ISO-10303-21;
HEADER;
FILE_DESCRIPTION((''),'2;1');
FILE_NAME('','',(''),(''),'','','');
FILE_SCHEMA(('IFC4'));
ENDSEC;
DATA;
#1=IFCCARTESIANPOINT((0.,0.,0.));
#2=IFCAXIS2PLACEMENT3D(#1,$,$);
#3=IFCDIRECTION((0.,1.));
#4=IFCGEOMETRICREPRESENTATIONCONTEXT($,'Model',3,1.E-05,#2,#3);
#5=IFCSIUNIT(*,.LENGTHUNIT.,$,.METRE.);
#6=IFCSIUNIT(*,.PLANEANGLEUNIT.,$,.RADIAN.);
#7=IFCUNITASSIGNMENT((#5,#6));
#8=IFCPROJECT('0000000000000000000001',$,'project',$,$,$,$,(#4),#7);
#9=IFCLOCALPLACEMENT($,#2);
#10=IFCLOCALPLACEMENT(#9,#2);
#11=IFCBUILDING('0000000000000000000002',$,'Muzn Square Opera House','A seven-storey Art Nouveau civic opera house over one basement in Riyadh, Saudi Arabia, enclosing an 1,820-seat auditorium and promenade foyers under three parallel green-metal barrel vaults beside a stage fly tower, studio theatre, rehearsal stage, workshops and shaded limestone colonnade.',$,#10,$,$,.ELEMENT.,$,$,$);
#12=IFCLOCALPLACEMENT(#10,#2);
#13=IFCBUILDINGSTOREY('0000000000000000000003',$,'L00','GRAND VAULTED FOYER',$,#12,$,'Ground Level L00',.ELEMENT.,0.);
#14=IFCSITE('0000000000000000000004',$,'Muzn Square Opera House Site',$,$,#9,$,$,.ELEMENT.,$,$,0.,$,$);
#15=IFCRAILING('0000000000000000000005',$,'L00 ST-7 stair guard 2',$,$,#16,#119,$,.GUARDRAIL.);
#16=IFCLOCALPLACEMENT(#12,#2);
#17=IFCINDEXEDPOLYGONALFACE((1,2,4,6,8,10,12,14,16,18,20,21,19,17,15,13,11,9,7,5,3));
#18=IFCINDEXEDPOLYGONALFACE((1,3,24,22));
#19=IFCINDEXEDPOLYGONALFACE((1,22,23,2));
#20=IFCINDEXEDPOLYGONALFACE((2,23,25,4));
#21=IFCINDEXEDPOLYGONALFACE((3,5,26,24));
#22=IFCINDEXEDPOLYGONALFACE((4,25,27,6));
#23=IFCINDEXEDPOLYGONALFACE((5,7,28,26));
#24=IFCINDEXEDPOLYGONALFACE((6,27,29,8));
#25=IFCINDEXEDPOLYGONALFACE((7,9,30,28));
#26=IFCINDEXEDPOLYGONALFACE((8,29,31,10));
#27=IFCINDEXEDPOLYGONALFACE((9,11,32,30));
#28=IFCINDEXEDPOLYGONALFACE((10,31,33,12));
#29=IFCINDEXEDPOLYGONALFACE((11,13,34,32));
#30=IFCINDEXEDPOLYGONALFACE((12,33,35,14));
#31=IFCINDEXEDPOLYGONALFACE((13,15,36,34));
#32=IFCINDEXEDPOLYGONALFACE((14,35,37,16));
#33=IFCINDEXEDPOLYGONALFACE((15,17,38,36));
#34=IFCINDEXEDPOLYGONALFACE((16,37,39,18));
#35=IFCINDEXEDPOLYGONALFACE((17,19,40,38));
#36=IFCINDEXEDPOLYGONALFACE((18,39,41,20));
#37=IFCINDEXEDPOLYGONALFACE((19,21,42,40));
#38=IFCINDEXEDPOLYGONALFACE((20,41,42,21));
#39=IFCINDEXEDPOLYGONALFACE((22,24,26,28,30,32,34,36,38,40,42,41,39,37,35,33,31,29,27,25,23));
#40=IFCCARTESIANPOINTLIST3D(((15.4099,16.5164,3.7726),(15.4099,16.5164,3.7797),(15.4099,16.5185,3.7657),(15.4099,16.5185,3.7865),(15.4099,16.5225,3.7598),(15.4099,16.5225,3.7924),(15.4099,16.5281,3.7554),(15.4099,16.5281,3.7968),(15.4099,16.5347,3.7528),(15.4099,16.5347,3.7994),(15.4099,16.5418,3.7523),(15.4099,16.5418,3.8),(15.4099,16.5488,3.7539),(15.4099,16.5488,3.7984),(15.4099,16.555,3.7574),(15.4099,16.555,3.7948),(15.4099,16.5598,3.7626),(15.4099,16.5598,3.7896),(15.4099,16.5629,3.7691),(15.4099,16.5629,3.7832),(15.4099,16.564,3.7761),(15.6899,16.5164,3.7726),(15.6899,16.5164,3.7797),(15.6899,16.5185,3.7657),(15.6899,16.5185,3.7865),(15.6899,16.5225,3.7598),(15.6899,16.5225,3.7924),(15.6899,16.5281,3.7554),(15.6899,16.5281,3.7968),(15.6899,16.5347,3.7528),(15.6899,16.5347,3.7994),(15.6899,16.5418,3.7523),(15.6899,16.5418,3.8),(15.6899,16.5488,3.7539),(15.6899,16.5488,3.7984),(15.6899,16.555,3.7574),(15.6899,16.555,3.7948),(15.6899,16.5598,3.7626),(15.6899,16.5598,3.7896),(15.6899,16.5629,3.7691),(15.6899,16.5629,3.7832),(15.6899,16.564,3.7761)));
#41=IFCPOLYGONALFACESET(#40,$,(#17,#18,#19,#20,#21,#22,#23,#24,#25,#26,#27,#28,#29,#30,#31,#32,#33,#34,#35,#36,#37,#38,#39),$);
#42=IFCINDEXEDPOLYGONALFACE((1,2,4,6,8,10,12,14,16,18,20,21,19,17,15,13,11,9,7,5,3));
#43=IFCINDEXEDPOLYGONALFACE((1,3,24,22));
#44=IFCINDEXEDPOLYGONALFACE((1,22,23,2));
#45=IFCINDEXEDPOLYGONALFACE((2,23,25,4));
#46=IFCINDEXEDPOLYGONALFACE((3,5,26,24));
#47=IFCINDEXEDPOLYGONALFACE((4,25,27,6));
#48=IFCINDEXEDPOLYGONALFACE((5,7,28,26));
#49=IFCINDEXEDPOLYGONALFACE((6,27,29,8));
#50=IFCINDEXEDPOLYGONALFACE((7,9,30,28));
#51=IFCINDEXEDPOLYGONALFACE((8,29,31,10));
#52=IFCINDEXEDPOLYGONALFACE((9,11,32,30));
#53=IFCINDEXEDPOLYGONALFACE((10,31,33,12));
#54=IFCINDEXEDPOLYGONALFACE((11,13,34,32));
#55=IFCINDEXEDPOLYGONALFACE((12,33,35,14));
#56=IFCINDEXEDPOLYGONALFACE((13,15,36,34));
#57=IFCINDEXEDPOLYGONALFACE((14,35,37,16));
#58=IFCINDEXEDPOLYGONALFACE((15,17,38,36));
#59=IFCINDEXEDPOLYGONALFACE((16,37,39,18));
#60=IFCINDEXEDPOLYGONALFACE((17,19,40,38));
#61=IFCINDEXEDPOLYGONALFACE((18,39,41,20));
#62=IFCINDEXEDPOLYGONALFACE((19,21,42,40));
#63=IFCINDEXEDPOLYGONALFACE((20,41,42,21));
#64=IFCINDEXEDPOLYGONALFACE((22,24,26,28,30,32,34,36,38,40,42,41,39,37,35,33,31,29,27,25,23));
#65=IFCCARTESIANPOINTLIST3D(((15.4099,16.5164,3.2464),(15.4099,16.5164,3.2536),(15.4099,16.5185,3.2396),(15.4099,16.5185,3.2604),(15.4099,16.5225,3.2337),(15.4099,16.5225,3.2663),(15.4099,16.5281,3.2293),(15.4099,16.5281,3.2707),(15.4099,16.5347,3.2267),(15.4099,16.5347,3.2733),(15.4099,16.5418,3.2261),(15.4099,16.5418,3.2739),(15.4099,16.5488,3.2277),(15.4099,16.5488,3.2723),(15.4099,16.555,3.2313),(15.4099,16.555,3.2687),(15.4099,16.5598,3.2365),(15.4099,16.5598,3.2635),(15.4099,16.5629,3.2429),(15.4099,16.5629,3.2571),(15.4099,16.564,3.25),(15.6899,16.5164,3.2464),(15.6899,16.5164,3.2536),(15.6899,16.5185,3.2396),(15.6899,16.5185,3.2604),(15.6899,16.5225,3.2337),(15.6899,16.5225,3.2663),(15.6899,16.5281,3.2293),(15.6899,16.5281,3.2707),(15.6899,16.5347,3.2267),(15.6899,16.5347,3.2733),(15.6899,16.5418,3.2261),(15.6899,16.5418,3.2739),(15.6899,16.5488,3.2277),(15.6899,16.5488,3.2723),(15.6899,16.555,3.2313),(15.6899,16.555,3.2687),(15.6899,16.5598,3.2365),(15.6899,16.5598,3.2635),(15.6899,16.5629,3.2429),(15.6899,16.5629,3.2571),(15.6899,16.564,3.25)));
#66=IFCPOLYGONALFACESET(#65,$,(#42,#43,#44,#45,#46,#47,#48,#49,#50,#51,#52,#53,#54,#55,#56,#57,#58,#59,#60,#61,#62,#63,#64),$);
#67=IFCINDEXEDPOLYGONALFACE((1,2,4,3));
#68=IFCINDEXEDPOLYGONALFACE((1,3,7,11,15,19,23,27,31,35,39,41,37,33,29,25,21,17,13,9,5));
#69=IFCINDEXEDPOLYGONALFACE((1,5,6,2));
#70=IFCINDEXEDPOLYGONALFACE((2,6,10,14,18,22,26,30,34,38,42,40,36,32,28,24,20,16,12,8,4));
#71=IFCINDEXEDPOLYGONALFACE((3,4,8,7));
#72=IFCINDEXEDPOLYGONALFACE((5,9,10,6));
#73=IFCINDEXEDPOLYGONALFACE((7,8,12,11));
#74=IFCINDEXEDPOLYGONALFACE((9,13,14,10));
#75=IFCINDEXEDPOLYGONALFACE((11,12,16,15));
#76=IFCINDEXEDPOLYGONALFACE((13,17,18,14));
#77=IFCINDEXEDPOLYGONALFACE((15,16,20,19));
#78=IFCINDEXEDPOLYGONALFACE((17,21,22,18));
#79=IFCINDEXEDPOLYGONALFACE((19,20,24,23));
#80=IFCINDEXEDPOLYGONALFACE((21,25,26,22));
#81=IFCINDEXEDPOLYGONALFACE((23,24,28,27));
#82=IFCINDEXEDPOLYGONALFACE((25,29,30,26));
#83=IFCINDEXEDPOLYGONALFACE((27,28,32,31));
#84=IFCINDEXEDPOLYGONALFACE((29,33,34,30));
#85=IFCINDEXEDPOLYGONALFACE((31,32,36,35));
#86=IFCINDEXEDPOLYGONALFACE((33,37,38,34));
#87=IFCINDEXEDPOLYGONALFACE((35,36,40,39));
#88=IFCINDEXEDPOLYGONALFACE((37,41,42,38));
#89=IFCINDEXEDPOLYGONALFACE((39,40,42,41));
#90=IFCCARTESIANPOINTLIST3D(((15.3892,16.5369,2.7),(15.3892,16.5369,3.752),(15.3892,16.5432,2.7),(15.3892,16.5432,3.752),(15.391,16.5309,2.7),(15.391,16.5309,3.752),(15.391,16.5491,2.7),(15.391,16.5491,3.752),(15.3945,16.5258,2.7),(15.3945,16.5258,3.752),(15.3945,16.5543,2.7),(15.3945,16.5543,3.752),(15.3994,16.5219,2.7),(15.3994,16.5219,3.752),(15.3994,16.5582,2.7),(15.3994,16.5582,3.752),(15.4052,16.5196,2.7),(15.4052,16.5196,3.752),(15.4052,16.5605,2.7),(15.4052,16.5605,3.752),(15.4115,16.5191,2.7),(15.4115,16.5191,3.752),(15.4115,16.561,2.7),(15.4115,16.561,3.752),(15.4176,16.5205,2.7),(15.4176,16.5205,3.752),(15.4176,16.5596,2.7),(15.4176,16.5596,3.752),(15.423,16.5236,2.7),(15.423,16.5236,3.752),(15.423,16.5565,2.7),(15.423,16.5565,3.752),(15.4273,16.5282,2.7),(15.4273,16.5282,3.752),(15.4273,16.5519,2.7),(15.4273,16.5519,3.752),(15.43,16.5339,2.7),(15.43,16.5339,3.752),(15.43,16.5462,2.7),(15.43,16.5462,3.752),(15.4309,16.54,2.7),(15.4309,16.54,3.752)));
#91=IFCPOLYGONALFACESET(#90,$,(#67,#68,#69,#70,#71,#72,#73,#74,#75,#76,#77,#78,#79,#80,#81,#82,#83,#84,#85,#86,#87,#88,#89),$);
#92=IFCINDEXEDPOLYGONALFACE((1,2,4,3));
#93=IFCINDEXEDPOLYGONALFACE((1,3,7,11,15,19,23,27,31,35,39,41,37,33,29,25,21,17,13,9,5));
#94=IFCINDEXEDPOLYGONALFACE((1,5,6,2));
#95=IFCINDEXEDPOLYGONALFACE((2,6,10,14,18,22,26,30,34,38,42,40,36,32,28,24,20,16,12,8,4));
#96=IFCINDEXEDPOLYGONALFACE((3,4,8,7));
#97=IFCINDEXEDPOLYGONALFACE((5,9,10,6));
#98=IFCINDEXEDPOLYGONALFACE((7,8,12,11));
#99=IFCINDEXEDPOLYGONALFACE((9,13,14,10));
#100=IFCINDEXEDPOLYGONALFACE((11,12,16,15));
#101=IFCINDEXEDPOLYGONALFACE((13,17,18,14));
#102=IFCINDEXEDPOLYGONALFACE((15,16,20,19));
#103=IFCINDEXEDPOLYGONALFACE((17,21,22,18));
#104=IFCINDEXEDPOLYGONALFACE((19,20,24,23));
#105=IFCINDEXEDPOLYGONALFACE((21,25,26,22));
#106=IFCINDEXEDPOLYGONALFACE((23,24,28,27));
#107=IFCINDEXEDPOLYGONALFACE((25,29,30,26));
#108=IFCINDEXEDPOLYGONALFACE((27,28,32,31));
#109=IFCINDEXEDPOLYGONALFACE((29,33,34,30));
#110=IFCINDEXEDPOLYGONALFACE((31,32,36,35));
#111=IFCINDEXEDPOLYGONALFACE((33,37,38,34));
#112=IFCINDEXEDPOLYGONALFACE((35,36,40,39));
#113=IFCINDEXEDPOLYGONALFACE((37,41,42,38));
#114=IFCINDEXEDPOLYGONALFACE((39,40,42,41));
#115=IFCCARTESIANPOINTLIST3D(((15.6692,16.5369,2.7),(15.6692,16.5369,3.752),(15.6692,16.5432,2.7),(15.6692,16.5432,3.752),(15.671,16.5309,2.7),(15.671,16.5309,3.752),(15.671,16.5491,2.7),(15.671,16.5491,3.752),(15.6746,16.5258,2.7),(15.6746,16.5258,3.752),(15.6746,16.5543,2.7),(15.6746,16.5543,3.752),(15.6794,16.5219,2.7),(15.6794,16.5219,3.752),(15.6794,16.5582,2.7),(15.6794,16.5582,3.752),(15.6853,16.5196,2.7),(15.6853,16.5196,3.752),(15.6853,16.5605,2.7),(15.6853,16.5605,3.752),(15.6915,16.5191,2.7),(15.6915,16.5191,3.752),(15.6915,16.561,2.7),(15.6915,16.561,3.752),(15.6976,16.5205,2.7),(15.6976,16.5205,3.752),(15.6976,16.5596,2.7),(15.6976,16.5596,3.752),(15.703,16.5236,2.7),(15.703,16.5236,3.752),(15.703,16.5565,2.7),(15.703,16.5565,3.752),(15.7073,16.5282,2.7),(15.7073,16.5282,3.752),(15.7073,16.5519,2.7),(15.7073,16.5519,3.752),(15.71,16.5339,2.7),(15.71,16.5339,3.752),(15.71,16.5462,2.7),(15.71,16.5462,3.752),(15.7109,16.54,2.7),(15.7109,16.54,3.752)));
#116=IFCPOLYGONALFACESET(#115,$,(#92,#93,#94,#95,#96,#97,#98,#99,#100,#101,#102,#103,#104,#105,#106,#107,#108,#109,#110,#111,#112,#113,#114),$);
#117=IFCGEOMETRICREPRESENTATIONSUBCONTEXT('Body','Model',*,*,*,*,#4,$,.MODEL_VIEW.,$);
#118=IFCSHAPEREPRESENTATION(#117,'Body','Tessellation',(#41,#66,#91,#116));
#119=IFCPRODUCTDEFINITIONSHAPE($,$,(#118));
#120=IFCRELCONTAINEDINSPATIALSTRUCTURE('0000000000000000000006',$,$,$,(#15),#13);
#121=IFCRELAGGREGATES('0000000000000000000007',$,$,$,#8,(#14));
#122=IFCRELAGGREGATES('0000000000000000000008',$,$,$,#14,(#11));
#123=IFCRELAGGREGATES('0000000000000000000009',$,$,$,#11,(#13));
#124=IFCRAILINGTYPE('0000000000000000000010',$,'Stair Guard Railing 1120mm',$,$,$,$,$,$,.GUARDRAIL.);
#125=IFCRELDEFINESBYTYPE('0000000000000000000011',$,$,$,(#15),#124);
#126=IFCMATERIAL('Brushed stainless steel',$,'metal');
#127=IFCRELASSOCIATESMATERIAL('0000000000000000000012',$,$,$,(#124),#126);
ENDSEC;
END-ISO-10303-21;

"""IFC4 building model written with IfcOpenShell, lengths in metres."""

from ifc_helpers import new_model, si_unit, direction, frame, origin, origin_2d, place, context, subcontext, project, spatial, circle, extrude, material, type_object, element, save


model = new_model("IFC4")

# Units and contexts
model_context = context("Model", 3, precision=1e-05, world=origin(), true_north=direction((0.0, 1.0)))
body_context = subcontext(model_context, "Body", "Model", "MODEL_VIEW")
ifc_project = project(units=[si_unit("LENGTHUNIT", "METRE"), si_unit("PLANEANGLEUNIT", "RADIAN")], contexts=[model_context])

# Site, building, storey
site_placement = place(None, origin())
site = spatial("IfcSite", under=ifc_project, at=site_placement, Name="Muzn Square Opera House Site", CompositionType="ELEMENT", RefElevation=0.0)
building_placement = place(site_placement, origin())
building = spatial("IfcBuilding", under=site, at=building_placement, Name="Muzn Square Opera House", Description="A seven-storey Art Nouveau civic opera house over one basement in Riyadh, Saudi Arabia, enclosing an 1,820-seat auditorium and promenade foyers under three parallel green-metal barrel vaults beside a stage fly tower, studio theatre, rehearsal stage, workshops and shaded limestone colonnade.", CompositionType="ELEMENT")
storey_placement = place(building_placement, origin())
storey = spatial("IfcBuildingStorey", under=building, at=storey_placement, Name="L00", Description="GRAND VAULTED FOYER", LongName="Ground Level L00", CompositionType="ELEMENT", Elevation=0.0)

# Railing
ifc_material_1 = material(Name="Brushed stainless steel", Category="metal")
railing_type_1 = type_object("IfcRailingType", Name="Stair Guard Railing 1120mm", PredefinedType="GUARDRAIL", material=ifc_material_1)
railing_1_placement = place(storey_placement, frame((15.4099, 16.54, 2.7)))
element("IfcRailing", 1, at=railing_1_placement, inside=storey, type_object=railing_type_1, Name="L00 ST-7 stair guard 2", PredefinedType="GUARDRAIL", context=body_context, shape_type="SweptSolid", body=[
    extrude(circle(Radius=0.0239, at=origin_2d()), frame((0.0, 0.0, 1.0762), z_axis=(1.0, 0.0, 0.0), x_axis=(0.0, 1.0, 0.0)), (0.0, 0.0, 1.0), 0.28),
    extrude(circle(Radius=0.0239, at=origin_2d()), frame((0.0, 0.0, 0.55), z_axis=(1.0, 0.0, 0.0), x_axis=(0.0, 1.0, 0.0)), (0.0, 0.0, 1.0), 0.28),
    extrude(circle(Radius=0.021, at=origin_2d()), origin(), (0.0, 0.0, 1.0), 1.052),
    extrude(circle(Radius=0.021, at=origin_2d()), frame((0.28, 0.0, 0.0)), (0.0, 0.0, 1.0), 1.052),
])

save(model, "model.ifc")
